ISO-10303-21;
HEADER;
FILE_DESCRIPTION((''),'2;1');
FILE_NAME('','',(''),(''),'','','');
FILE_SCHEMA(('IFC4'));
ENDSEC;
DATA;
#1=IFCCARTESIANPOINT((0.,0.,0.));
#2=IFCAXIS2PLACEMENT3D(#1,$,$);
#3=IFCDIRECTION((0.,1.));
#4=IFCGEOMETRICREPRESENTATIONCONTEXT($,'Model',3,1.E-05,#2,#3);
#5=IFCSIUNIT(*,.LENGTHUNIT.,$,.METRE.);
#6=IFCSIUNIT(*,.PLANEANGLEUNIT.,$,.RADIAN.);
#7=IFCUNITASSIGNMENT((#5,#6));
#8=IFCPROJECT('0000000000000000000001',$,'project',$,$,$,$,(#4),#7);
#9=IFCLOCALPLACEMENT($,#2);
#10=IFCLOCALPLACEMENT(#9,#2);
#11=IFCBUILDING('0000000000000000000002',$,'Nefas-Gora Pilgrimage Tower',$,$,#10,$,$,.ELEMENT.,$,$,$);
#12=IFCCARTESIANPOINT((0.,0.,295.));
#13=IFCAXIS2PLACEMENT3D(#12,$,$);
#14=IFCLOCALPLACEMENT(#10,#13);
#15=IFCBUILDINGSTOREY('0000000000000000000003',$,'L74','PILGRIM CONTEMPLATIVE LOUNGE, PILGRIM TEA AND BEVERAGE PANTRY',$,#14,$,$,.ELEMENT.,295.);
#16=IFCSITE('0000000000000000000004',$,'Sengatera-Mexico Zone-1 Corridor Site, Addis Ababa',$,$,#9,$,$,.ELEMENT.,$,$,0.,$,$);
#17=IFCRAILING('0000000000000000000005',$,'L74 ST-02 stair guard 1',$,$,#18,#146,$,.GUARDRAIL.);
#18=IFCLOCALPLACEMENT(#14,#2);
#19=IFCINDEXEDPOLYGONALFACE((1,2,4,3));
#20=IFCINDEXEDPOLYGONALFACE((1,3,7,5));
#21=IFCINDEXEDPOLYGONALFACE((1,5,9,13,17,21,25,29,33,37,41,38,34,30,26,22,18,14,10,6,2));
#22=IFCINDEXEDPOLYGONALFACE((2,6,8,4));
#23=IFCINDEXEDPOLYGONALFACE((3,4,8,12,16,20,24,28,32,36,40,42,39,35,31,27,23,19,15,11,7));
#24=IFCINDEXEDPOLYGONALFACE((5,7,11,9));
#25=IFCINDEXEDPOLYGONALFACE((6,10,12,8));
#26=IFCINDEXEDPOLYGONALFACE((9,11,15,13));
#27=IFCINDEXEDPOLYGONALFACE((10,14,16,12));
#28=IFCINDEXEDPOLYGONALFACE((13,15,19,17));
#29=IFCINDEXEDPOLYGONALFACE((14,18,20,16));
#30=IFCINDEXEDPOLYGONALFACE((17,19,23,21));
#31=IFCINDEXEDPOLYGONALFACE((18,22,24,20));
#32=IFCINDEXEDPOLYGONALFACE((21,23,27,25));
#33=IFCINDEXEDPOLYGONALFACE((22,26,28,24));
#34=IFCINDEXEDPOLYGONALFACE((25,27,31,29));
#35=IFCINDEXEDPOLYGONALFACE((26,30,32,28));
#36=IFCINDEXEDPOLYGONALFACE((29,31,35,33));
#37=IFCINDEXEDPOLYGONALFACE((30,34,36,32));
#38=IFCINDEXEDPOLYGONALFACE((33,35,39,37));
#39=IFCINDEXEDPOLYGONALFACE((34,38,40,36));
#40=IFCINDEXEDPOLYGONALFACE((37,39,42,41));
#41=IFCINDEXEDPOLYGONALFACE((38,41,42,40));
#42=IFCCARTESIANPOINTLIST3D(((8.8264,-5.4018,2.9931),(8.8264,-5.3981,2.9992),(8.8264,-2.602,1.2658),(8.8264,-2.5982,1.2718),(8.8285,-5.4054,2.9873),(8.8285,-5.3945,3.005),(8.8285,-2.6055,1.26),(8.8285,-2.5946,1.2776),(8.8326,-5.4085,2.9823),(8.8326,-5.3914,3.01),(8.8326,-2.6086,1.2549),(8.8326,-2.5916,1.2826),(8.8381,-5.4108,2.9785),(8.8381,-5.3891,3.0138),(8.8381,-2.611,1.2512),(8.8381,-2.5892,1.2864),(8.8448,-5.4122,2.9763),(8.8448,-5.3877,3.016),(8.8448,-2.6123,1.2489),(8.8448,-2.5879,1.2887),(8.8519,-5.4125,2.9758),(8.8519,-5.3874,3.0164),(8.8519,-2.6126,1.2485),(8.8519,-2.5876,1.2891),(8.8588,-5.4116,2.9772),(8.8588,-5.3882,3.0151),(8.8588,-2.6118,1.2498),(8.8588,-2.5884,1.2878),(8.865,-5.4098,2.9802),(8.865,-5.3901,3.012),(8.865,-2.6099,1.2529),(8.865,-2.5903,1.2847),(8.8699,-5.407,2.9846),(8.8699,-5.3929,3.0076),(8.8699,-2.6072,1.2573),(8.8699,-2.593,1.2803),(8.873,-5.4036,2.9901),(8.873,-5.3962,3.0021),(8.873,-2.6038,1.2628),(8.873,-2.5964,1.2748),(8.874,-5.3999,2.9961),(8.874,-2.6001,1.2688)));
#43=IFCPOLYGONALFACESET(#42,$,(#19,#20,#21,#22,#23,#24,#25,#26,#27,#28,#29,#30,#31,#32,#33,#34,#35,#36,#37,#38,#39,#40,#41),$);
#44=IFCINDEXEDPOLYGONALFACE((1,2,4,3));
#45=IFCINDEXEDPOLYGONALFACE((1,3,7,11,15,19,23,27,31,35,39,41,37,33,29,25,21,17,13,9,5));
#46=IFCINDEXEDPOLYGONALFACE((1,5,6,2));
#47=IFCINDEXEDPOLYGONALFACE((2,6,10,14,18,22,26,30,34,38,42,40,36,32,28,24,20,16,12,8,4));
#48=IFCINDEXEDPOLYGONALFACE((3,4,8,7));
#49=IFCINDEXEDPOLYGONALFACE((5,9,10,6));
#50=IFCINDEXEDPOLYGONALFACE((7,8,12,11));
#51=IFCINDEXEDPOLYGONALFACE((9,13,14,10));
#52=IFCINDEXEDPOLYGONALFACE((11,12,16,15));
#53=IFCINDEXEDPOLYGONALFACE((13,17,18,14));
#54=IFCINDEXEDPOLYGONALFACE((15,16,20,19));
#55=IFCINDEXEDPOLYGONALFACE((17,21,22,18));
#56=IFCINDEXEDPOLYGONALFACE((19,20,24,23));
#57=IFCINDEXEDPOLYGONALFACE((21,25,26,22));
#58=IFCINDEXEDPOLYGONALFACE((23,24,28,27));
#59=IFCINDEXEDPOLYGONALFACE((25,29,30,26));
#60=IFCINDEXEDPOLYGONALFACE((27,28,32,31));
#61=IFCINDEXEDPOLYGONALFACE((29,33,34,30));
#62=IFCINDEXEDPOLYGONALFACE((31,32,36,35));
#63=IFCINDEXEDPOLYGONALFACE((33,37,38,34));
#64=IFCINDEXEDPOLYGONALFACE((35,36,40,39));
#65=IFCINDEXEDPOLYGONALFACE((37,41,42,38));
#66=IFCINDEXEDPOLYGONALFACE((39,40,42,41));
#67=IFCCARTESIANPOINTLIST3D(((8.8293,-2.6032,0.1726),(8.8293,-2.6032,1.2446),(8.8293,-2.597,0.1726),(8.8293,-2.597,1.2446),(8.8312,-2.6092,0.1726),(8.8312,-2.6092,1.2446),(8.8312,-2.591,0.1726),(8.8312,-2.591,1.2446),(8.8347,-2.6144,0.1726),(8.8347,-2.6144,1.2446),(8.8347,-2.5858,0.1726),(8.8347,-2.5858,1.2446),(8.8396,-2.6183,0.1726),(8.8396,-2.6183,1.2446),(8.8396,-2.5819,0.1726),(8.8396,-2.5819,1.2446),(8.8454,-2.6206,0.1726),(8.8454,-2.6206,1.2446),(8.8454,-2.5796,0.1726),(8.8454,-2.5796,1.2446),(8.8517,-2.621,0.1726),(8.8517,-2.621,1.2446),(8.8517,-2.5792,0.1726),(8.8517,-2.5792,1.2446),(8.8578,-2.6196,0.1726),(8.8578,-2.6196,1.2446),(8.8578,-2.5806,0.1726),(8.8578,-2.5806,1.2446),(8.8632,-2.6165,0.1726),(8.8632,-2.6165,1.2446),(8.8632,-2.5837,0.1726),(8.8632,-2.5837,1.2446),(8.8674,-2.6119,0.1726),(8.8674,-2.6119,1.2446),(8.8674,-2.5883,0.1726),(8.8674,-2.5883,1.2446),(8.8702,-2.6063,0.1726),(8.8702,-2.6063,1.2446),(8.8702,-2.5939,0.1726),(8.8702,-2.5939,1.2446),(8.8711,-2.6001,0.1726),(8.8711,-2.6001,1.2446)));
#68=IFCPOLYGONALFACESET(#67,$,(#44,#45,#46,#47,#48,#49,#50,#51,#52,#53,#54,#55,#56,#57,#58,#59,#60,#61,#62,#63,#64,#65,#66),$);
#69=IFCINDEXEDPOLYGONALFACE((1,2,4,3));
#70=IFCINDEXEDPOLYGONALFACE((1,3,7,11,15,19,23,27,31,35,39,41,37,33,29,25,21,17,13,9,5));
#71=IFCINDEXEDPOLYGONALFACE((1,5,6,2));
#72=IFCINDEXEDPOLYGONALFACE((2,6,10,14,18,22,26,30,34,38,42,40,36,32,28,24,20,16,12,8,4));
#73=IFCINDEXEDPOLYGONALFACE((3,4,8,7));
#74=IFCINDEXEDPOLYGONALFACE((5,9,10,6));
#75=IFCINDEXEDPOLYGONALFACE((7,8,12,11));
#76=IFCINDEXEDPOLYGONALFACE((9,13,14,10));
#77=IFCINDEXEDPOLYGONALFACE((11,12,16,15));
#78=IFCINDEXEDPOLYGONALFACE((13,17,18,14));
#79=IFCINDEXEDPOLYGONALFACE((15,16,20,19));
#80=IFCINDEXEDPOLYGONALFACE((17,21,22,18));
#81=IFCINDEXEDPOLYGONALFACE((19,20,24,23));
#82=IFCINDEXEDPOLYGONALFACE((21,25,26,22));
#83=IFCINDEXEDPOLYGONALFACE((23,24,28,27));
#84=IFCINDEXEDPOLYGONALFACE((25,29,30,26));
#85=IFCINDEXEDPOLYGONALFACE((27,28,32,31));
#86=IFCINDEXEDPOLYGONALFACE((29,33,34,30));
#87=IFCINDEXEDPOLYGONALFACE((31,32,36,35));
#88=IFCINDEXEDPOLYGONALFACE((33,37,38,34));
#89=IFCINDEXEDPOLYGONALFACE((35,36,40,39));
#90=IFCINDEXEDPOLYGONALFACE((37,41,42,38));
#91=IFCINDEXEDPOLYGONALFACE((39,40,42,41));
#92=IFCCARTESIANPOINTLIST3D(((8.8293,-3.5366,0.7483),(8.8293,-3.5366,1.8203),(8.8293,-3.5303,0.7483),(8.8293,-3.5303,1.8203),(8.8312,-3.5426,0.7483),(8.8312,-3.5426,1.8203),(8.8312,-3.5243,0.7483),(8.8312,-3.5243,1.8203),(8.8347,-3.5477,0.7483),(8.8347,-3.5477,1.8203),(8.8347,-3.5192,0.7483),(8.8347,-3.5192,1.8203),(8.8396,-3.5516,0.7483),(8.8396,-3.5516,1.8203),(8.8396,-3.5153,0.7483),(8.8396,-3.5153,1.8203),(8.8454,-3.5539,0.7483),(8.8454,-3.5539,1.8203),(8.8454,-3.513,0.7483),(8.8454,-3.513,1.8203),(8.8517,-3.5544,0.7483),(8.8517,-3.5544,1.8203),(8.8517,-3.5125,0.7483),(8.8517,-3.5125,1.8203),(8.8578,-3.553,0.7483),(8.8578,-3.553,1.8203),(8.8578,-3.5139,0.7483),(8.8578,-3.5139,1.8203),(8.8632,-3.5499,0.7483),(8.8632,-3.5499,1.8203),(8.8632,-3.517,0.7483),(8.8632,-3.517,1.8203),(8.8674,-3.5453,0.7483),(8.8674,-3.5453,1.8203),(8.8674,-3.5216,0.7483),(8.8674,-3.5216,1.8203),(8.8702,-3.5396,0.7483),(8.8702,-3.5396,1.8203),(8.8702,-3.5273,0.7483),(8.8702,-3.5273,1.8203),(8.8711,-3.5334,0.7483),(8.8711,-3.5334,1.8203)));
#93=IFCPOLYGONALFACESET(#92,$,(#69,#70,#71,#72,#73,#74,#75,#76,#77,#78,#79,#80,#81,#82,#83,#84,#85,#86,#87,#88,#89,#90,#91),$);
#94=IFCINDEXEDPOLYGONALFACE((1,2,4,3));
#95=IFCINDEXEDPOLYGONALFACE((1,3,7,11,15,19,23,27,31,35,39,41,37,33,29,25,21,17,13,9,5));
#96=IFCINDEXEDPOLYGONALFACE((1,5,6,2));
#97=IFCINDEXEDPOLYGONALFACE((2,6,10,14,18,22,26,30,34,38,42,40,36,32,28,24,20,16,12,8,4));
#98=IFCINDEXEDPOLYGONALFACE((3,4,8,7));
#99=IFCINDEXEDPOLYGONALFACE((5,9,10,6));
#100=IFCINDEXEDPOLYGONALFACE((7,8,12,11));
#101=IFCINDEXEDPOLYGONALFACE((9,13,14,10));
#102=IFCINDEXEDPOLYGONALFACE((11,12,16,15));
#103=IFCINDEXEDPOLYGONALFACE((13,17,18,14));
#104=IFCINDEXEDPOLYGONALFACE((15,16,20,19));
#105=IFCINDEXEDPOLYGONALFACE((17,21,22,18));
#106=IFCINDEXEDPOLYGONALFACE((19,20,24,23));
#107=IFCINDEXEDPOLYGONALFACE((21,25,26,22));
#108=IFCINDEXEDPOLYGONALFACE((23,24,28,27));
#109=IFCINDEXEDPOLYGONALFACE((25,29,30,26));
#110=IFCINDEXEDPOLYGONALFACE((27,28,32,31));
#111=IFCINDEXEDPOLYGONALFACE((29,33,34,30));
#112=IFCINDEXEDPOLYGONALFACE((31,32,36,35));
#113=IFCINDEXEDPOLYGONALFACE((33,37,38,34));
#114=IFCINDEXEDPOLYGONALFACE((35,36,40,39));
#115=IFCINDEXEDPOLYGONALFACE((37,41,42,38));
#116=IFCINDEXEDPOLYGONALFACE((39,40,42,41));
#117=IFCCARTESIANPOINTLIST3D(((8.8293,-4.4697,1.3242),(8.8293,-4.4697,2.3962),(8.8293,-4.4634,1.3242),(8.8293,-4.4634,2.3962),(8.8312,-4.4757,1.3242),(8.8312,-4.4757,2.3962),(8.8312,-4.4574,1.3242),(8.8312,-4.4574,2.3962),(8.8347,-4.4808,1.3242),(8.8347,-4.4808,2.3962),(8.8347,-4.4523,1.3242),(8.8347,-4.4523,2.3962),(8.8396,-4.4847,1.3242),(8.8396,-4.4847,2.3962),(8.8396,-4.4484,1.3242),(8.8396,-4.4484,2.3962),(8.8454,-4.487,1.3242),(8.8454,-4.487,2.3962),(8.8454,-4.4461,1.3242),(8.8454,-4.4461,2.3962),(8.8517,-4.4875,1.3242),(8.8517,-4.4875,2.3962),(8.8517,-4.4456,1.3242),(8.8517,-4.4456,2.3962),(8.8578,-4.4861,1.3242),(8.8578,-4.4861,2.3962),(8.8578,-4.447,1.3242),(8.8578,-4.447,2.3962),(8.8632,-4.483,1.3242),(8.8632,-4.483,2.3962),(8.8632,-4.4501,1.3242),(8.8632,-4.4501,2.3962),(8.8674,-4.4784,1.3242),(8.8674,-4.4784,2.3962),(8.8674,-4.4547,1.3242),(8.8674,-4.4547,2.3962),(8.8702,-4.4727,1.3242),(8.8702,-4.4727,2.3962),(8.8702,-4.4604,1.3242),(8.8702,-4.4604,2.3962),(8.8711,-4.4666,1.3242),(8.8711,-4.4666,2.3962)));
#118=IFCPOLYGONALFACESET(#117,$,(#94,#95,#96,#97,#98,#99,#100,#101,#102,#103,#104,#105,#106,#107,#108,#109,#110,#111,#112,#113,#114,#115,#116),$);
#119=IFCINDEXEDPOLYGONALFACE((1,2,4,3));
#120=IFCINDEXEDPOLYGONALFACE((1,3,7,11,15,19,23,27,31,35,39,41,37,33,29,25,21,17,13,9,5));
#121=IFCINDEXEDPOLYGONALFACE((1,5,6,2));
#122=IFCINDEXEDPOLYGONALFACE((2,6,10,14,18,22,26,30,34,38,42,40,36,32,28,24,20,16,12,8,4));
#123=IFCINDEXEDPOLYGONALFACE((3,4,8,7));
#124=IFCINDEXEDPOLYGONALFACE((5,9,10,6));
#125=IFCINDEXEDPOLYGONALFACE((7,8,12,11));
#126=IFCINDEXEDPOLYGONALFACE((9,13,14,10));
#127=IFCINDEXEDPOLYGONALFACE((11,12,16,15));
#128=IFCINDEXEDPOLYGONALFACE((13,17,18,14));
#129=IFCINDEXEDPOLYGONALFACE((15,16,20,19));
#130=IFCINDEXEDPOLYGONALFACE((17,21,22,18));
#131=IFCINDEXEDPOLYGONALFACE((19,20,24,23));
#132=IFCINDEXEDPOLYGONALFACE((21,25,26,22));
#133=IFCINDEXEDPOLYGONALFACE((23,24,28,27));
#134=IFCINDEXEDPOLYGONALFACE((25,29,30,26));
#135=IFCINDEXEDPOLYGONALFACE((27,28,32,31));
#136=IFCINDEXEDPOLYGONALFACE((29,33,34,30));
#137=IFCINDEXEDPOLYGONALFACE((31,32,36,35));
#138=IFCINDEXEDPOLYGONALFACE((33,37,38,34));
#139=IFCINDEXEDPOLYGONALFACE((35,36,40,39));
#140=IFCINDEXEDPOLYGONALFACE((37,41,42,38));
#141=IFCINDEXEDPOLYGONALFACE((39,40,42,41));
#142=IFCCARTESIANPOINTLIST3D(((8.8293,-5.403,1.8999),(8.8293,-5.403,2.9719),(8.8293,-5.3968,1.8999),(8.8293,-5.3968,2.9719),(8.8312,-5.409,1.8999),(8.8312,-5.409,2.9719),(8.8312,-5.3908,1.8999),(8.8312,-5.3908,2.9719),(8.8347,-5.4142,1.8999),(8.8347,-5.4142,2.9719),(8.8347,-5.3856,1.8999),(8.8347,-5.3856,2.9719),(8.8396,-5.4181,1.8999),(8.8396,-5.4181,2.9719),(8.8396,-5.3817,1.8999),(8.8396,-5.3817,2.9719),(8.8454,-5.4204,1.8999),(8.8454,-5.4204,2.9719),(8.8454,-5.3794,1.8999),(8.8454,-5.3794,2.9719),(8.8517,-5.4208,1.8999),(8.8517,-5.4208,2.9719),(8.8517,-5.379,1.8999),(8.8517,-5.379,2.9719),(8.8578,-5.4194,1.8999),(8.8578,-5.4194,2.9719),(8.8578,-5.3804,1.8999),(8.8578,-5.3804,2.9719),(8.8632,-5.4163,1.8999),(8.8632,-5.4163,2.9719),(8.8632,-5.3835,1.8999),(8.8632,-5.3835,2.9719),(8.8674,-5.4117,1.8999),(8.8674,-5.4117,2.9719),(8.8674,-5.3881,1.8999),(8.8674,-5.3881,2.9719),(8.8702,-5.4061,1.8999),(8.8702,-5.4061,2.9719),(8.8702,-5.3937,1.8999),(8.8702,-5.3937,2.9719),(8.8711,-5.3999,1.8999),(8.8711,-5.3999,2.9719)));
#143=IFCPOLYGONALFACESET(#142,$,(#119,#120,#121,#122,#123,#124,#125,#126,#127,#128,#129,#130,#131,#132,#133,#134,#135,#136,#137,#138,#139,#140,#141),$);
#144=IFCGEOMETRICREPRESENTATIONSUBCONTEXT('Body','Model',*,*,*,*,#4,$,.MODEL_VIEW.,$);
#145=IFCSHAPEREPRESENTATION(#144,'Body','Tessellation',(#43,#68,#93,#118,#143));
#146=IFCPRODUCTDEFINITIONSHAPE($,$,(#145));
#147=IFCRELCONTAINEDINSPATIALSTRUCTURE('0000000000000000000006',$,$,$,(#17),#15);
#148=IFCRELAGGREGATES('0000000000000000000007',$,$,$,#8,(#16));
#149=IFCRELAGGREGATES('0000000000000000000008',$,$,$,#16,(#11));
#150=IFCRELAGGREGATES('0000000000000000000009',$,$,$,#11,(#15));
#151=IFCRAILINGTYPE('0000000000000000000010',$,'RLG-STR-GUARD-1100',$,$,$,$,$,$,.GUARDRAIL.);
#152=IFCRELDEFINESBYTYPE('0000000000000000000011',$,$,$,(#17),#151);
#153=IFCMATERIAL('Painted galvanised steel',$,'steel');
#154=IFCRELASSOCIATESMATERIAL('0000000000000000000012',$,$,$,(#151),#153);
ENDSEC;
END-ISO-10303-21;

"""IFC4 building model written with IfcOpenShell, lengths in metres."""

from ifc_helpers import new_model, si_unit, direction, frame, origin, origin_2d, place, context, subcontext, project, spatial, circle, extrude, material, type_object, element, save


model = new_model("IFC4")

# Units and contexts
model_context = context("Model", 3, precision=1e-05, world=origin(), true_north=direction((0.0, 1.0)))
body_context = subcontext(model_context, "Body", "Model", "MODEL_VIEW")
ifc_project = project(units=[si_unit("LENGTHUNIT", "METRE"), si_unit("PLANEANGLEUNIT", "RADIAN")], contexts=[model_context])

# Site, building, storey
site_placement = place(None, origin())
site = spatial("IfcSite", under=ifc_project, at=site_placement, Name="Sengatera-Mexico Zone-1 Corridor Site, Addis Ababa", CompositionType="ELEMENT", RefElevation=0.0)
building_placement = place(site_placement, origin())
building = spatial("IfcBuilding", under=site, at=building_placement, Name="Nefas-Gora Pilgrimage Tower", CompositionType="ELEMENT")
storey_placement = place(building_placement, frame((0.0, 0.0, 295.0)))
storey = spatial("IfcBuildingStorey", under=building, at=storey_placement, Name="L74", Description="PILGRIM CONTEMPLATIVE LOUNGE, PILGRIM TEA AND BEVERAGE PANTRY", CompositionType="ELEMENT", Elevation=295.0)

# Railing
ifc_material_1 = material(Name="Painted galvanised steel", Category="steel")
railing_type_1 = type_object("IfcRailingType", Name="RLG-STR-GUARD-1100", PredefinedType="GUARDRAIL", material=ifc_material_1)
railing_1_placement = place(storey_placement, frame((8.8501, -2.6001, 0.1726)))
element("IfcRailing", 1, at=railing_1_placement, inside=storey, type_object=railing_type_1, Name="L74 ST-02 stair guard 1", PredefinedType="GUARDRAIL", context=body_context, shape_type="SweptSolid", body=[
    extrude(circle(Radius=0.0239, at=origin_2d()), frame((0.0, 0.0, 1.0962), z_axis=(0.0, -0.851069, 0.525054), x_axis=(1.0, 0.0, 0.0)), (0.0, 0.0, 1.0), 3.2898),
    extrude(circle(Radius=0.021, at=origin_2d()), origin(), (0.0, 0.0, 1.0), 1.072),
    extrude(circle(Radius=0.021, at=origin_2d()), frame((0.0, -0.9333, 0.5757)), (0.0, 0.0, 1.0), 1.072),
    extrude(circle(Radius=0.021, at=origin_2d()), frame((0.0, -1.8665, 1.1516)), (0.0, 0.0, 1.0), 1.072),
    extrude(circle(Radius=0.021, at=origin_2d()), frame((0.0, -2.7998, 1.7273)), (0.0, 0.0, 1.0), 1.072),
])

save(model, "model.ifc")
